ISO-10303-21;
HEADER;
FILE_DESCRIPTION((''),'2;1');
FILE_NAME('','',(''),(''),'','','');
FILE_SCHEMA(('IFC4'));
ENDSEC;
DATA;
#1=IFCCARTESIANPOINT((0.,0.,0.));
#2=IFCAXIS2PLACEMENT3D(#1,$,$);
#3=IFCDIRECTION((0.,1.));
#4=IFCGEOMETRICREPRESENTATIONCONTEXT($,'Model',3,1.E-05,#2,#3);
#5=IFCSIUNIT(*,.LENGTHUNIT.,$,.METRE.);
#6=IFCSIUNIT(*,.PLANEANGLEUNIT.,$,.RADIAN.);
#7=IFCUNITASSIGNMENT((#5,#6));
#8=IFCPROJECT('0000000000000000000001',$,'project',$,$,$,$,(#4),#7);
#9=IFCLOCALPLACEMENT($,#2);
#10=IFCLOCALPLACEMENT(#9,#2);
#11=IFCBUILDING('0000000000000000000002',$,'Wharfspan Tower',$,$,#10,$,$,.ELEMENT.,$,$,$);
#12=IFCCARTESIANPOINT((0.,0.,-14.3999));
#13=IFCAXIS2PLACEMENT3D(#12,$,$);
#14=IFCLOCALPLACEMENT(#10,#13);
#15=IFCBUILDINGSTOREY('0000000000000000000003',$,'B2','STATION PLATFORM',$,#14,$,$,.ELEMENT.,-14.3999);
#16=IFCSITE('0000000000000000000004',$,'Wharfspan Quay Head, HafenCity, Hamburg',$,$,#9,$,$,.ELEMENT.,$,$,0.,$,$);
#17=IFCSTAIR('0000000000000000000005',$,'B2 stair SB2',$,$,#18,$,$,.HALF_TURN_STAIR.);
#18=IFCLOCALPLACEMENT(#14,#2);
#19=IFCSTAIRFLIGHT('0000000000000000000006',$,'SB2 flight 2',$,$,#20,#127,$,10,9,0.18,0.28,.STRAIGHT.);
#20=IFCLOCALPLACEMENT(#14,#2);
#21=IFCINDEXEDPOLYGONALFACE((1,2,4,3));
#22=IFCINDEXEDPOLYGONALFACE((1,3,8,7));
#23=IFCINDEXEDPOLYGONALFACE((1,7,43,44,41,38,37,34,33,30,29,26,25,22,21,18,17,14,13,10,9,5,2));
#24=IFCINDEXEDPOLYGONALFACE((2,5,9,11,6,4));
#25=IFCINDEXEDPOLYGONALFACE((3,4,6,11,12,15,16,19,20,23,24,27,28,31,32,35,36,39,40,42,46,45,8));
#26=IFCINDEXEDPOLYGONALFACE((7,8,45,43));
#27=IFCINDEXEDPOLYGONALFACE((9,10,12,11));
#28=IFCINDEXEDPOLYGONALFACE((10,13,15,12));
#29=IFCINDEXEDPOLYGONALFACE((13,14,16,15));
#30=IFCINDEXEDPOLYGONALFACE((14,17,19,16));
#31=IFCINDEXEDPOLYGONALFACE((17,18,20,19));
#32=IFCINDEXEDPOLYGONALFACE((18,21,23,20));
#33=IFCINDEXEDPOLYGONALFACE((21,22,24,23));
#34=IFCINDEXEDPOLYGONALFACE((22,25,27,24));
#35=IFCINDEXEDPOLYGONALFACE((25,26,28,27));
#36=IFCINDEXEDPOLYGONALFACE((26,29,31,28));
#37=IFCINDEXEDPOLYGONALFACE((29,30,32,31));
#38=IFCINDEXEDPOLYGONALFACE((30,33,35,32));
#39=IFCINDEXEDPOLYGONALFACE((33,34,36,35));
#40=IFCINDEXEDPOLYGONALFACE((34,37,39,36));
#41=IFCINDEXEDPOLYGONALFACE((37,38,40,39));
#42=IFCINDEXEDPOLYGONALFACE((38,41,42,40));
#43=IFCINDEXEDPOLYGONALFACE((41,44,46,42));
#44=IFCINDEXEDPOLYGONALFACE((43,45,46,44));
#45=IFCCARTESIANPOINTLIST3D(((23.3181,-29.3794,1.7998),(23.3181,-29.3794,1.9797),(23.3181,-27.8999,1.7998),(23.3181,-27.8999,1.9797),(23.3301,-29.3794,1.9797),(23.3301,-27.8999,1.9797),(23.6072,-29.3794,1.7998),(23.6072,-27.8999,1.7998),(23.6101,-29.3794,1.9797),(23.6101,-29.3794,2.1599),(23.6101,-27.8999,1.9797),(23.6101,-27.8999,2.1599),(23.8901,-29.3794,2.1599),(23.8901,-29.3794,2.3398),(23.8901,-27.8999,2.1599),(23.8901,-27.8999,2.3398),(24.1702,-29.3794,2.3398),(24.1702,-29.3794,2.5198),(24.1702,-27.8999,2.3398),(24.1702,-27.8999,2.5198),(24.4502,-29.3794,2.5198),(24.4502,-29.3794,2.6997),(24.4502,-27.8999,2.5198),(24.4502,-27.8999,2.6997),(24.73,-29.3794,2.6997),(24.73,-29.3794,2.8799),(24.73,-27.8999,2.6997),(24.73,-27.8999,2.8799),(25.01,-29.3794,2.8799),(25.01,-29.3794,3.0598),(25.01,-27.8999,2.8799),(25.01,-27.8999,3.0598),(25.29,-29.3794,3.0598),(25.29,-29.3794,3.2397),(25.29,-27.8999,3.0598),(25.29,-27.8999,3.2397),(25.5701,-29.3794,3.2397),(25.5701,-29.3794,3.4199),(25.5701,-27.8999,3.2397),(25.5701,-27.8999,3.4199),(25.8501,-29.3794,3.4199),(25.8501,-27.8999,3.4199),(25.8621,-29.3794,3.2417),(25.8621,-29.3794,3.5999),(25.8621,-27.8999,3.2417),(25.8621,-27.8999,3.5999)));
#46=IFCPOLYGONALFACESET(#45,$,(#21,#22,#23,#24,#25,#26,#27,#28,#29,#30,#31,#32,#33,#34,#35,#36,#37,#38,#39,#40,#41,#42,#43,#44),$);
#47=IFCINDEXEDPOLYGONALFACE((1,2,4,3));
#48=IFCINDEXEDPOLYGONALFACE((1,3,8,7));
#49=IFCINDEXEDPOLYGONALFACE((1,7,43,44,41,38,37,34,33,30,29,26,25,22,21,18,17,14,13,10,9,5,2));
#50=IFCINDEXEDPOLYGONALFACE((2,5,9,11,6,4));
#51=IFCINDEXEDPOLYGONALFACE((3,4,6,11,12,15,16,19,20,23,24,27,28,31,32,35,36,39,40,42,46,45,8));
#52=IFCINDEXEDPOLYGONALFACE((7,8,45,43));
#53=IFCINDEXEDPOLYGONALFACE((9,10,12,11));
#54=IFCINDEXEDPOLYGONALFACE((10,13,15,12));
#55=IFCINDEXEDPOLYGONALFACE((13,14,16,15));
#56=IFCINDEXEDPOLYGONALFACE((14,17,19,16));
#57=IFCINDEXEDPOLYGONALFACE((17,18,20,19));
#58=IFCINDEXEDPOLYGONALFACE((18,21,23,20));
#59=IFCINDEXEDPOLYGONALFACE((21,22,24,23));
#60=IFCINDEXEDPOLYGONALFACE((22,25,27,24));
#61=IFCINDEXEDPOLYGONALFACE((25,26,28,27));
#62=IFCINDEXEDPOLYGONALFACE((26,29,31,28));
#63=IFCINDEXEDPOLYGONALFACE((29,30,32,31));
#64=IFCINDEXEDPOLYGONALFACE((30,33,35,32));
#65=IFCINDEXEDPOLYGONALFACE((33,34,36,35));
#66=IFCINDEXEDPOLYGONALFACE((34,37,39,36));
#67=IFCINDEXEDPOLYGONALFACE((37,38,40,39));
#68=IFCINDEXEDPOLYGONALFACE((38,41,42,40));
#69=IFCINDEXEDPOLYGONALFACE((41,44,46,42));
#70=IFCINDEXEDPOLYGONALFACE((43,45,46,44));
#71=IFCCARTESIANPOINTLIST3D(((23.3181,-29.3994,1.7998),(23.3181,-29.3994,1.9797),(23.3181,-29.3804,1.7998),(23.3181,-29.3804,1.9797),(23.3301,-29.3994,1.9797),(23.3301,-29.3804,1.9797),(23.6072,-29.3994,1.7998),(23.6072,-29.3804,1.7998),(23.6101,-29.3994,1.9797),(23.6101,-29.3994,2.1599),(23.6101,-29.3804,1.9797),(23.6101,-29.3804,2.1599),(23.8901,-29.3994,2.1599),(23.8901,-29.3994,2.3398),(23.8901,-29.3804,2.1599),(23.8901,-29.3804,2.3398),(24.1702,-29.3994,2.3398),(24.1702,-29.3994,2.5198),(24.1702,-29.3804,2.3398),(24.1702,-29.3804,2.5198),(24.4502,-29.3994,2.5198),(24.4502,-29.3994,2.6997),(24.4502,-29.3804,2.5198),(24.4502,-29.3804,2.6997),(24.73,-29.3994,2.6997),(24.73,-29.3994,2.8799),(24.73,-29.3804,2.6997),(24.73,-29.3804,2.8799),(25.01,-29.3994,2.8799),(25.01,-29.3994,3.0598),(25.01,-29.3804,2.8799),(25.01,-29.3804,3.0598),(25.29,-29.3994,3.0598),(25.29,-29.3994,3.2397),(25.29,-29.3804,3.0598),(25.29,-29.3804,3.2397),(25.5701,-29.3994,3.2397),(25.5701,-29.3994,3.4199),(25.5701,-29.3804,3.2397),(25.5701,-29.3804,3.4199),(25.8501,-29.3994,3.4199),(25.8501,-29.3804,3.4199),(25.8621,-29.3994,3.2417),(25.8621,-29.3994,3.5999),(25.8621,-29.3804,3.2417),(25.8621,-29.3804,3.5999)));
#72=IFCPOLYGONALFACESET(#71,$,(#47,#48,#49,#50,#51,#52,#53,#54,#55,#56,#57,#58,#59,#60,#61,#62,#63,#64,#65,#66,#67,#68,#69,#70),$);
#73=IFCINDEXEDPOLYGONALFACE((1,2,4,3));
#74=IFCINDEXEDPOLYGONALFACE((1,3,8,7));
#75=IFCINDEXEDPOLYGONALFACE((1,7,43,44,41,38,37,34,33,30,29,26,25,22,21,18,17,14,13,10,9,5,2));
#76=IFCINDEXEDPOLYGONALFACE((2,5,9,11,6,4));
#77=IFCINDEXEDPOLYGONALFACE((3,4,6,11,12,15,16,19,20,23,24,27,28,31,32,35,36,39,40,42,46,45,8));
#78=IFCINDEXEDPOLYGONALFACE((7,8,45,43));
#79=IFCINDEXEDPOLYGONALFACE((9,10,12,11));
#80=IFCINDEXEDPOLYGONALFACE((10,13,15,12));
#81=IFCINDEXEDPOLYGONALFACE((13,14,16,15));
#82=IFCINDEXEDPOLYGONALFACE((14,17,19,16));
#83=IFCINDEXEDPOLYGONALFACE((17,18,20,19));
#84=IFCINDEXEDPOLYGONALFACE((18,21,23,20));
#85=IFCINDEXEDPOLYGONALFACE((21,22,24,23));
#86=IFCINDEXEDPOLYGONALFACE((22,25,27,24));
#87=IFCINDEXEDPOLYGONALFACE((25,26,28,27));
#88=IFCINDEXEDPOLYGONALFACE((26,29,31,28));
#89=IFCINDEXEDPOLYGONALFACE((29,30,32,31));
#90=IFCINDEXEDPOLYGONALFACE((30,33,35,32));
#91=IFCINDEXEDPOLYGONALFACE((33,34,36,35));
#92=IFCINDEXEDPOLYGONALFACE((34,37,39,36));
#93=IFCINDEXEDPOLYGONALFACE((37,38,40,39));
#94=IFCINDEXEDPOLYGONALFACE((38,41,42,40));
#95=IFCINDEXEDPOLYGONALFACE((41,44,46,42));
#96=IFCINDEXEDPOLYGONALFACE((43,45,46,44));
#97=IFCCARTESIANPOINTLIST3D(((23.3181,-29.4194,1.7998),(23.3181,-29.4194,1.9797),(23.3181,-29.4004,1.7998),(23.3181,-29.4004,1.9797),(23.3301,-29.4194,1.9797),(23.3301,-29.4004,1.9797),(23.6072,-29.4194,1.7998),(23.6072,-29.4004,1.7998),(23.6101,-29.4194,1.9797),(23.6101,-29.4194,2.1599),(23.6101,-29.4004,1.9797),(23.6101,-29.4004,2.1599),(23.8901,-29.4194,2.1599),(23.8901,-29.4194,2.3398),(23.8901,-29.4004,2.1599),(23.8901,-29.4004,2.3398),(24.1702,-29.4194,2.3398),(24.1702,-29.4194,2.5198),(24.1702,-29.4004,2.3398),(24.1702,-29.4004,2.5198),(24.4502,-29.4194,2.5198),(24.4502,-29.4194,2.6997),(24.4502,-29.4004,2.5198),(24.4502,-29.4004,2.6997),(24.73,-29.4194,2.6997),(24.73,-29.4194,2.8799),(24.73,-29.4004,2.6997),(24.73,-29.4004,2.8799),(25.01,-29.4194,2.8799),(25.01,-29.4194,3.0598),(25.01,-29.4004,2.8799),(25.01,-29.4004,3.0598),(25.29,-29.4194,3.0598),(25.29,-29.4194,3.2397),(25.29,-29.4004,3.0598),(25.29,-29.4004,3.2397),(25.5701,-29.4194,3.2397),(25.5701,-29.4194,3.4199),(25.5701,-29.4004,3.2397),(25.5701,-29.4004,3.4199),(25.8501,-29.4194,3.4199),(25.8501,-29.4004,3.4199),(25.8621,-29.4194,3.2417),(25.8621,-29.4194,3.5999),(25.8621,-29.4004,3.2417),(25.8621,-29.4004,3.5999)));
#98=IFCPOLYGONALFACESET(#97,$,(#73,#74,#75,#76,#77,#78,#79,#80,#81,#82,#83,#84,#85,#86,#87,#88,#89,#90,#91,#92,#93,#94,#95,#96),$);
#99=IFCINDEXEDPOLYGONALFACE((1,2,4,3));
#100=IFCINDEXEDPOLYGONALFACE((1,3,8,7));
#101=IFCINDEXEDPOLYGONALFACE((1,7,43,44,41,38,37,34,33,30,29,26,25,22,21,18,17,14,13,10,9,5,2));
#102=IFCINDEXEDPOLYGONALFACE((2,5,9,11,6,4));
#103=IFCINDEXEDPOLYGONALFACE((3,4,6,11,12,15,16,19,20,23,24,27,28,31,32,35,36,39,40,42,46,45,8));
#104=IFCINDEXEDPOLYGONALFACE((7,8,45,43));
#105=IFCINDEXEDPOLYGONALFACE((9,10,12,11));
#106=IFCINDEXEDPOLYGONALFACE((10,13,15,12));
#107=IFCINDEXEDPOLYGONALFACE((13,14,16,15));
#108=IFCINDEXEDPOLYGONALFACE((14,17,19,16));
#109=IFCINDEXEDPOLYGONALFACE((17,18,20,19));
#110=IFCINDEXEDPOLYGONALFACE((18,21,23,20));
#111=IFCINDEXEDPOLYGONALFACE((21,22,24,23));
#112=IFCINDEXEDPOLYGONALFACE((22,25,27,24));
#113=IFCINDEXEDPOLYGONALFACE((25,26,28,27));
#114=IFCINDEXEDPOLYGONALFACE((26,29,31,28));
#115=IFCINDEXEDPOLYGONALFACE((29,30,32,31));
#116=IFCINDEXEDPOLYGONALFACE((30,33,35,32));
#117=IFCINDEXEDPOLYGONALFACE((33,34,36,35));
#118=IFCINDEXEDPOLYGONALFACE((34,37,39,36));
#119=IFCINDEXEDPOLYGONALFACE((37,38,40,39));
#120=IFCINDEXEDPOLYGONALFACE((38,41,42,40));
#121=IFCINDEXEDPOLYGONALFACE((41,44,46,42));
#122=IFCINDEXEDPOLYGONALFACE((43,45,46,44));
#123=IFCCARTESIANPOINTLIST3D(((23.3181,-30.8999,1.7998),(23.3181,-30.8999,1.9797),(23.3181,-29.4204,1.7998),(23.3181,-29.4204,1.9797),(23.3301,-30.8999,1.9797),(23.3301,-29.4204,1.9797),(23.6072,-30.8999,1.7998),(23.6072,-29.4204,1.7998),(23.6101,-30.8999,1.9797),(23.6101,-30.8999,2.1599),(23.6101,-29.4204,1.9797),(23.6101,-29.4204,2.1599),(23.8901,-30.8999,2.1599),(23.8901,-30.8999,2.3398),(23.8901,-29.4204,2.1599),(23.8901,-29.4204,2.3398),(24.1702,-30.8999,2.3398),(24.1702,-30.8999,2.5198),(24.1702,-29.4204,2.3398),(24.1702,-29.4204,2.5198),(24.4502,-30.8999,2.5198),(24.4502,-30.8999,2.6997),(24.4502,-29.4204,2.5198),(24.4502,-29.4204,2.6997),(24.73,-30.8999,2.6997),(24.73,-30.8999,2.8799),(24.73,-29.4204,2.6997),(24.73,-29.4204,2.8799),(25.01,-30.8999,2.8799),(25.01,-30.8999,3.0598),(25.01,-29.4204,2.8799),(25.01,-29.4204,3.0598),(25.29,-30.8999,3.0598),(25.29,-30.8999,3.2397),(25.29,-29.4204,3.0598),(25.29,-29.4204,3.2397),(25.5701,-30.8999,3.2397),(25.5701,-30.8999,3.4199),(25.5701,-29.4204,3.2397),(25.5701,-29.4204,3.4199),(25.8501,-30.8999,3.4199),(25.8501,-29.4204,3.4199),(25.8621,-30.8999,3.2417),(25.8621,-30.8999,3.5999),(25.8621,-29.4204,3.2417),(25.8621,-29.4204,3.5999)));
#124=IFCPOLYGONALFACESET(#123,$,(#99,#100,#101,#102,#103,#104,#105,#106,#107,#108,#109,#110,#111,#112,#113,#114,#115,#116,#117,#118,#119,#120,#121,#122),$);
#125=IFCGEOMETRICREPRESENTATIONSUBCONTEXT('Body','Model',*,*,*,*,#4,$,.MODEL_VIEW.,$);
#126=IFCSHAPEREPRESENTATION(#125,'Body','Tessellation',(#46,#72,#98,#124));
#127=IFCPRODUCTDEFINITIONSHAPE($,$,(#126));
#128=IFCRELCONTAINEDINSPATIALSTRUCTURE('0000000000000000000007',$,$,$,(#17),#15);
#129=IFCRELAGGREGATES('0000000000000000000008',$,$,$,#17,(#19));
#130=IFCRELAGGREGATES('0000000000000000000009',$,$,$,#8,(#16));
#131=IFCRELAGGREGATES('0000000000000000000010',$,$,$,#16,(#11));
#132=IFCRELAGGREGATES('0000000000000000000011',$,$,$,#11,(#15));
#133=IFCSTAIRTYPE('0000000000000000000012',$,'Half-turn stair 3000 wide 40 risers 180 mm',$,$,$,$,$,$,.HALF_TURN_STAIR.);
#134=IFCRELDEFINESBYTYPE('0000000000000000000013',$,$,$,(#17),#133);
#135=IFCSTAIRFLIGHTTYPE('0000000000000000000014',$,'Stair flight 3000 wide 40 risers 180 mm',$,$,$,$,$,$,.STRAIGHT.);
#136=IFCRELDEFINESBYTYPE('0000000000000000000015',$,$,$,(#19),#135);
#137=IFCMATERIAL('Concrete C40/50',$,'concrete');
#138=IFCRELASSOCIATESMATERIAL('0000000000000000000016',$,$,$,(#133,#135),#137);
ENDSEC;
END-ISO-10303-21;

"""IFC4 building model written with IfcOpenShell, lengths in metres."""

from ifc_helpers import new_model, si_unit, direction, frame, origin, place, context, subcontext, project, spatial, polyline, outline, extrude, material, type_object, element, aggregate, save


model = new_model("IFC4")

# Units and contexts
model_context = context("Model", 3, precision=1e-05, world=origin(), true_north=direction((0.0, 1.0)))
body_context = subcontext(model_context, "Body", "Model", "MODEL_VIEW")
ifc_project = project(units=[si_unit("LENGTHUNIT", "METRE"), si_unit("PLANEANGLEUNIT", "RADIAN")], contexts=[model_context])

# Site, building, storey
site_placement = place(None, origin())
site = spatial("IfcSite", under=ifc_project, at=site_placement, Name="Wharfspan Quay Head, HafenCity, Hamburg", CompositionType="ELEMENT", RefElevation=0.0)
building_placement = place(site_placement, origin())
building = spatial("IfcBuilding", under=site, at=building_placement, Name="Wharfspan Tower", CompositionType="ELEMENT")
storey_placement = place(building_placement, frame((0.0, 0.0, -14.3999)))
storey = spatial("IfcBuildingStorey", under=building, at=storey_placement, Name="B2", Description="STATION PLATFORM", CompositionType="ELEMENT", Elevation=-14.3999)

# Shared definitions
ifc_material_1 = material(Name="Concrete C40/50", Category="concrete")

# Stair, stair flight
stair_type = type_object("IfcStairType", Name="Half-turn stair 3000 wide 40 risers 180 mm", PredefinedType="HALF_TURN_STAIR", material=ifc_material_1)
stair_placement = place(storey_placement, origin())
stair = element("IfcStair", 1, at=stair_placement, inside=storey, type_object=stair_type, Name="B2 stair SB2", PredefinedType="HALF_TURN_STAIR")
stair_flight_type = type_object("IfcStairFlightType", Name="Stair flight 3000 wide 40 risers 180 mm", PredefinedType="STRAIGHT", material=ifc_material_1)
stair_flight_1_placement = place(storey_placement, frame((23.3301, -29.3999, 1.7998), z_axis=(0.0, 0.0, 1.0), x_axis=(1.0, 0.0, 0.0)))
stair_flight_1 = element("IfcStairFlight", 2, at=stair_flight_1_placement, type_object=stair_flight_type, Name="SB2 flight 2", NumberOfRisers=10, NumberOfTreads=9, PredefinedType="STRAIGHT", RiserHeight=0.18, TreadLength=0.28, context=body_context, shape_type="SweptSolid", body=[
    extrude(outline(polyline([(-0.012, 0.0), (-0.012, 0.1799), (0.0, 0.1799), (0.28, 0.1799), (0.28, 0.3601), (0.5601, 0.3601), (0.5601, 0.54), (0.8401, 0.54), (0.8401, 0.72), (1.1201, 0.72), (1.1201, 0.8999), (1.3999, 0.8999), (1.3999, 1.0801), (1.6799, 1.0801), (1.6799, 1.26), (1.96, 1.26), (1.96, 1.4399), (2.24, 1.4399), (2.24, 1.6201), (2.52, 1.6201), (2.532, 1.8), (2.532, 1.4419), (0.2771, 0.0), (-0.012, 0.0)])), frame((0.0, 1.5, 0.0), z_axis=(0.0, -1.0, 0.0), x_axis=(1.0, 0.0, 0.0)), (0.0, 0.0, 1.0), 1.4795),
    extrude(outline(polyline([(-0.012, 0.0), (-0.012, 0.1799), (0.0, 0.1799), (0.28, 0.1799), (0.28, 0.3601), (0.5601, 0.3601), (0.5601, 0.54), (0.8401, 0.54), (0.8401, 0.72), (1.1201, 0.72), (1.1201, 0.8999), (1.3999, 0.8999), (1.3999, 1.0801), (1.6799, 1.0801), (1.6799, 1.26), (1.96, 1.26), (1.96, 1.4399), (2.24, 1.4399), (2.24, 1.6201), (2.52, 1.6201), (2.532, 1.8), (2.532, 1.4419), (0.2771, 0.0), (-0.012, 0.0)])), frame((0.0, 0.0195, 0.0), z_axis=(0.0, -1.0, 0.0), x_axis=(1.0, 0.0, 0.0)), (0.0, 0.0, 1.0), 0.019),
    extrude(outline(polyline([(-0.012, 0.0), (-0.012, 0.1799), (0.0, 0.1799), (0.28, 0.1799), (0.28, 0.3601), (0.5601, 0.3601), (0.5601, 0.54), (0.8401, 0.54), (0.8401, 0.72), (1.1201, 0.72), (1.1201, 0.8999), (1.3999, 0.8999), (1.3999, 1.0801), (1.6799, 1.0801), (1.6799, 1.26), (1.96, 1.26), (1.96, 1.4399), (2.24, 1.4399), (2.24, 1.6201), (2.52, 1.6201), (2.532, 1.8), (2.532, 1.4419), (0.2771, 0.0), (-0.012, 0.0)])), frame((0.0, -0.0005, 0.0), z_axis=(0.0, -1.0, 0.0), x_axis=(1.0, 0.0, 0.0)), (0.0, 0.0, 1.0), 0.019),
    extrude(outline(polyline([(-0.012, 0.0), (-0.012, 0.1799), (0.0, 0.1799), (0.28, 0.1799), (0.28, 0.3601), (0.5601, 0.3601), (0.5601, 0.54), (0.8401, 0.54), (0.8401, 0.72), (1.1201, 0.72), (1.1201, 0.8999), (1.3999, 0.8999), (1.3999, 1.0801), (1.6799, 1.0801), (1.6799, 1.26), (1.96, 1.26), (1.96, 1.4399), (2.24, 1.4399), (2.24, 1.6201), (2.52, 1.6201), (2.532, 1.8), (2.532, 1.4419), (0.2771, 0.0), (-0.012, 0.0)])), frame((0.0, -0.0205, 0.0), z_axis=(0.0, -1.0, 0.0), x_axis=(1.0, 0.0, 0.0)), (0.0, 0.0, 1.0), 1.4795),
])
aggregate(stair, [stair_flight_1])

save(model, "model.ifc")
